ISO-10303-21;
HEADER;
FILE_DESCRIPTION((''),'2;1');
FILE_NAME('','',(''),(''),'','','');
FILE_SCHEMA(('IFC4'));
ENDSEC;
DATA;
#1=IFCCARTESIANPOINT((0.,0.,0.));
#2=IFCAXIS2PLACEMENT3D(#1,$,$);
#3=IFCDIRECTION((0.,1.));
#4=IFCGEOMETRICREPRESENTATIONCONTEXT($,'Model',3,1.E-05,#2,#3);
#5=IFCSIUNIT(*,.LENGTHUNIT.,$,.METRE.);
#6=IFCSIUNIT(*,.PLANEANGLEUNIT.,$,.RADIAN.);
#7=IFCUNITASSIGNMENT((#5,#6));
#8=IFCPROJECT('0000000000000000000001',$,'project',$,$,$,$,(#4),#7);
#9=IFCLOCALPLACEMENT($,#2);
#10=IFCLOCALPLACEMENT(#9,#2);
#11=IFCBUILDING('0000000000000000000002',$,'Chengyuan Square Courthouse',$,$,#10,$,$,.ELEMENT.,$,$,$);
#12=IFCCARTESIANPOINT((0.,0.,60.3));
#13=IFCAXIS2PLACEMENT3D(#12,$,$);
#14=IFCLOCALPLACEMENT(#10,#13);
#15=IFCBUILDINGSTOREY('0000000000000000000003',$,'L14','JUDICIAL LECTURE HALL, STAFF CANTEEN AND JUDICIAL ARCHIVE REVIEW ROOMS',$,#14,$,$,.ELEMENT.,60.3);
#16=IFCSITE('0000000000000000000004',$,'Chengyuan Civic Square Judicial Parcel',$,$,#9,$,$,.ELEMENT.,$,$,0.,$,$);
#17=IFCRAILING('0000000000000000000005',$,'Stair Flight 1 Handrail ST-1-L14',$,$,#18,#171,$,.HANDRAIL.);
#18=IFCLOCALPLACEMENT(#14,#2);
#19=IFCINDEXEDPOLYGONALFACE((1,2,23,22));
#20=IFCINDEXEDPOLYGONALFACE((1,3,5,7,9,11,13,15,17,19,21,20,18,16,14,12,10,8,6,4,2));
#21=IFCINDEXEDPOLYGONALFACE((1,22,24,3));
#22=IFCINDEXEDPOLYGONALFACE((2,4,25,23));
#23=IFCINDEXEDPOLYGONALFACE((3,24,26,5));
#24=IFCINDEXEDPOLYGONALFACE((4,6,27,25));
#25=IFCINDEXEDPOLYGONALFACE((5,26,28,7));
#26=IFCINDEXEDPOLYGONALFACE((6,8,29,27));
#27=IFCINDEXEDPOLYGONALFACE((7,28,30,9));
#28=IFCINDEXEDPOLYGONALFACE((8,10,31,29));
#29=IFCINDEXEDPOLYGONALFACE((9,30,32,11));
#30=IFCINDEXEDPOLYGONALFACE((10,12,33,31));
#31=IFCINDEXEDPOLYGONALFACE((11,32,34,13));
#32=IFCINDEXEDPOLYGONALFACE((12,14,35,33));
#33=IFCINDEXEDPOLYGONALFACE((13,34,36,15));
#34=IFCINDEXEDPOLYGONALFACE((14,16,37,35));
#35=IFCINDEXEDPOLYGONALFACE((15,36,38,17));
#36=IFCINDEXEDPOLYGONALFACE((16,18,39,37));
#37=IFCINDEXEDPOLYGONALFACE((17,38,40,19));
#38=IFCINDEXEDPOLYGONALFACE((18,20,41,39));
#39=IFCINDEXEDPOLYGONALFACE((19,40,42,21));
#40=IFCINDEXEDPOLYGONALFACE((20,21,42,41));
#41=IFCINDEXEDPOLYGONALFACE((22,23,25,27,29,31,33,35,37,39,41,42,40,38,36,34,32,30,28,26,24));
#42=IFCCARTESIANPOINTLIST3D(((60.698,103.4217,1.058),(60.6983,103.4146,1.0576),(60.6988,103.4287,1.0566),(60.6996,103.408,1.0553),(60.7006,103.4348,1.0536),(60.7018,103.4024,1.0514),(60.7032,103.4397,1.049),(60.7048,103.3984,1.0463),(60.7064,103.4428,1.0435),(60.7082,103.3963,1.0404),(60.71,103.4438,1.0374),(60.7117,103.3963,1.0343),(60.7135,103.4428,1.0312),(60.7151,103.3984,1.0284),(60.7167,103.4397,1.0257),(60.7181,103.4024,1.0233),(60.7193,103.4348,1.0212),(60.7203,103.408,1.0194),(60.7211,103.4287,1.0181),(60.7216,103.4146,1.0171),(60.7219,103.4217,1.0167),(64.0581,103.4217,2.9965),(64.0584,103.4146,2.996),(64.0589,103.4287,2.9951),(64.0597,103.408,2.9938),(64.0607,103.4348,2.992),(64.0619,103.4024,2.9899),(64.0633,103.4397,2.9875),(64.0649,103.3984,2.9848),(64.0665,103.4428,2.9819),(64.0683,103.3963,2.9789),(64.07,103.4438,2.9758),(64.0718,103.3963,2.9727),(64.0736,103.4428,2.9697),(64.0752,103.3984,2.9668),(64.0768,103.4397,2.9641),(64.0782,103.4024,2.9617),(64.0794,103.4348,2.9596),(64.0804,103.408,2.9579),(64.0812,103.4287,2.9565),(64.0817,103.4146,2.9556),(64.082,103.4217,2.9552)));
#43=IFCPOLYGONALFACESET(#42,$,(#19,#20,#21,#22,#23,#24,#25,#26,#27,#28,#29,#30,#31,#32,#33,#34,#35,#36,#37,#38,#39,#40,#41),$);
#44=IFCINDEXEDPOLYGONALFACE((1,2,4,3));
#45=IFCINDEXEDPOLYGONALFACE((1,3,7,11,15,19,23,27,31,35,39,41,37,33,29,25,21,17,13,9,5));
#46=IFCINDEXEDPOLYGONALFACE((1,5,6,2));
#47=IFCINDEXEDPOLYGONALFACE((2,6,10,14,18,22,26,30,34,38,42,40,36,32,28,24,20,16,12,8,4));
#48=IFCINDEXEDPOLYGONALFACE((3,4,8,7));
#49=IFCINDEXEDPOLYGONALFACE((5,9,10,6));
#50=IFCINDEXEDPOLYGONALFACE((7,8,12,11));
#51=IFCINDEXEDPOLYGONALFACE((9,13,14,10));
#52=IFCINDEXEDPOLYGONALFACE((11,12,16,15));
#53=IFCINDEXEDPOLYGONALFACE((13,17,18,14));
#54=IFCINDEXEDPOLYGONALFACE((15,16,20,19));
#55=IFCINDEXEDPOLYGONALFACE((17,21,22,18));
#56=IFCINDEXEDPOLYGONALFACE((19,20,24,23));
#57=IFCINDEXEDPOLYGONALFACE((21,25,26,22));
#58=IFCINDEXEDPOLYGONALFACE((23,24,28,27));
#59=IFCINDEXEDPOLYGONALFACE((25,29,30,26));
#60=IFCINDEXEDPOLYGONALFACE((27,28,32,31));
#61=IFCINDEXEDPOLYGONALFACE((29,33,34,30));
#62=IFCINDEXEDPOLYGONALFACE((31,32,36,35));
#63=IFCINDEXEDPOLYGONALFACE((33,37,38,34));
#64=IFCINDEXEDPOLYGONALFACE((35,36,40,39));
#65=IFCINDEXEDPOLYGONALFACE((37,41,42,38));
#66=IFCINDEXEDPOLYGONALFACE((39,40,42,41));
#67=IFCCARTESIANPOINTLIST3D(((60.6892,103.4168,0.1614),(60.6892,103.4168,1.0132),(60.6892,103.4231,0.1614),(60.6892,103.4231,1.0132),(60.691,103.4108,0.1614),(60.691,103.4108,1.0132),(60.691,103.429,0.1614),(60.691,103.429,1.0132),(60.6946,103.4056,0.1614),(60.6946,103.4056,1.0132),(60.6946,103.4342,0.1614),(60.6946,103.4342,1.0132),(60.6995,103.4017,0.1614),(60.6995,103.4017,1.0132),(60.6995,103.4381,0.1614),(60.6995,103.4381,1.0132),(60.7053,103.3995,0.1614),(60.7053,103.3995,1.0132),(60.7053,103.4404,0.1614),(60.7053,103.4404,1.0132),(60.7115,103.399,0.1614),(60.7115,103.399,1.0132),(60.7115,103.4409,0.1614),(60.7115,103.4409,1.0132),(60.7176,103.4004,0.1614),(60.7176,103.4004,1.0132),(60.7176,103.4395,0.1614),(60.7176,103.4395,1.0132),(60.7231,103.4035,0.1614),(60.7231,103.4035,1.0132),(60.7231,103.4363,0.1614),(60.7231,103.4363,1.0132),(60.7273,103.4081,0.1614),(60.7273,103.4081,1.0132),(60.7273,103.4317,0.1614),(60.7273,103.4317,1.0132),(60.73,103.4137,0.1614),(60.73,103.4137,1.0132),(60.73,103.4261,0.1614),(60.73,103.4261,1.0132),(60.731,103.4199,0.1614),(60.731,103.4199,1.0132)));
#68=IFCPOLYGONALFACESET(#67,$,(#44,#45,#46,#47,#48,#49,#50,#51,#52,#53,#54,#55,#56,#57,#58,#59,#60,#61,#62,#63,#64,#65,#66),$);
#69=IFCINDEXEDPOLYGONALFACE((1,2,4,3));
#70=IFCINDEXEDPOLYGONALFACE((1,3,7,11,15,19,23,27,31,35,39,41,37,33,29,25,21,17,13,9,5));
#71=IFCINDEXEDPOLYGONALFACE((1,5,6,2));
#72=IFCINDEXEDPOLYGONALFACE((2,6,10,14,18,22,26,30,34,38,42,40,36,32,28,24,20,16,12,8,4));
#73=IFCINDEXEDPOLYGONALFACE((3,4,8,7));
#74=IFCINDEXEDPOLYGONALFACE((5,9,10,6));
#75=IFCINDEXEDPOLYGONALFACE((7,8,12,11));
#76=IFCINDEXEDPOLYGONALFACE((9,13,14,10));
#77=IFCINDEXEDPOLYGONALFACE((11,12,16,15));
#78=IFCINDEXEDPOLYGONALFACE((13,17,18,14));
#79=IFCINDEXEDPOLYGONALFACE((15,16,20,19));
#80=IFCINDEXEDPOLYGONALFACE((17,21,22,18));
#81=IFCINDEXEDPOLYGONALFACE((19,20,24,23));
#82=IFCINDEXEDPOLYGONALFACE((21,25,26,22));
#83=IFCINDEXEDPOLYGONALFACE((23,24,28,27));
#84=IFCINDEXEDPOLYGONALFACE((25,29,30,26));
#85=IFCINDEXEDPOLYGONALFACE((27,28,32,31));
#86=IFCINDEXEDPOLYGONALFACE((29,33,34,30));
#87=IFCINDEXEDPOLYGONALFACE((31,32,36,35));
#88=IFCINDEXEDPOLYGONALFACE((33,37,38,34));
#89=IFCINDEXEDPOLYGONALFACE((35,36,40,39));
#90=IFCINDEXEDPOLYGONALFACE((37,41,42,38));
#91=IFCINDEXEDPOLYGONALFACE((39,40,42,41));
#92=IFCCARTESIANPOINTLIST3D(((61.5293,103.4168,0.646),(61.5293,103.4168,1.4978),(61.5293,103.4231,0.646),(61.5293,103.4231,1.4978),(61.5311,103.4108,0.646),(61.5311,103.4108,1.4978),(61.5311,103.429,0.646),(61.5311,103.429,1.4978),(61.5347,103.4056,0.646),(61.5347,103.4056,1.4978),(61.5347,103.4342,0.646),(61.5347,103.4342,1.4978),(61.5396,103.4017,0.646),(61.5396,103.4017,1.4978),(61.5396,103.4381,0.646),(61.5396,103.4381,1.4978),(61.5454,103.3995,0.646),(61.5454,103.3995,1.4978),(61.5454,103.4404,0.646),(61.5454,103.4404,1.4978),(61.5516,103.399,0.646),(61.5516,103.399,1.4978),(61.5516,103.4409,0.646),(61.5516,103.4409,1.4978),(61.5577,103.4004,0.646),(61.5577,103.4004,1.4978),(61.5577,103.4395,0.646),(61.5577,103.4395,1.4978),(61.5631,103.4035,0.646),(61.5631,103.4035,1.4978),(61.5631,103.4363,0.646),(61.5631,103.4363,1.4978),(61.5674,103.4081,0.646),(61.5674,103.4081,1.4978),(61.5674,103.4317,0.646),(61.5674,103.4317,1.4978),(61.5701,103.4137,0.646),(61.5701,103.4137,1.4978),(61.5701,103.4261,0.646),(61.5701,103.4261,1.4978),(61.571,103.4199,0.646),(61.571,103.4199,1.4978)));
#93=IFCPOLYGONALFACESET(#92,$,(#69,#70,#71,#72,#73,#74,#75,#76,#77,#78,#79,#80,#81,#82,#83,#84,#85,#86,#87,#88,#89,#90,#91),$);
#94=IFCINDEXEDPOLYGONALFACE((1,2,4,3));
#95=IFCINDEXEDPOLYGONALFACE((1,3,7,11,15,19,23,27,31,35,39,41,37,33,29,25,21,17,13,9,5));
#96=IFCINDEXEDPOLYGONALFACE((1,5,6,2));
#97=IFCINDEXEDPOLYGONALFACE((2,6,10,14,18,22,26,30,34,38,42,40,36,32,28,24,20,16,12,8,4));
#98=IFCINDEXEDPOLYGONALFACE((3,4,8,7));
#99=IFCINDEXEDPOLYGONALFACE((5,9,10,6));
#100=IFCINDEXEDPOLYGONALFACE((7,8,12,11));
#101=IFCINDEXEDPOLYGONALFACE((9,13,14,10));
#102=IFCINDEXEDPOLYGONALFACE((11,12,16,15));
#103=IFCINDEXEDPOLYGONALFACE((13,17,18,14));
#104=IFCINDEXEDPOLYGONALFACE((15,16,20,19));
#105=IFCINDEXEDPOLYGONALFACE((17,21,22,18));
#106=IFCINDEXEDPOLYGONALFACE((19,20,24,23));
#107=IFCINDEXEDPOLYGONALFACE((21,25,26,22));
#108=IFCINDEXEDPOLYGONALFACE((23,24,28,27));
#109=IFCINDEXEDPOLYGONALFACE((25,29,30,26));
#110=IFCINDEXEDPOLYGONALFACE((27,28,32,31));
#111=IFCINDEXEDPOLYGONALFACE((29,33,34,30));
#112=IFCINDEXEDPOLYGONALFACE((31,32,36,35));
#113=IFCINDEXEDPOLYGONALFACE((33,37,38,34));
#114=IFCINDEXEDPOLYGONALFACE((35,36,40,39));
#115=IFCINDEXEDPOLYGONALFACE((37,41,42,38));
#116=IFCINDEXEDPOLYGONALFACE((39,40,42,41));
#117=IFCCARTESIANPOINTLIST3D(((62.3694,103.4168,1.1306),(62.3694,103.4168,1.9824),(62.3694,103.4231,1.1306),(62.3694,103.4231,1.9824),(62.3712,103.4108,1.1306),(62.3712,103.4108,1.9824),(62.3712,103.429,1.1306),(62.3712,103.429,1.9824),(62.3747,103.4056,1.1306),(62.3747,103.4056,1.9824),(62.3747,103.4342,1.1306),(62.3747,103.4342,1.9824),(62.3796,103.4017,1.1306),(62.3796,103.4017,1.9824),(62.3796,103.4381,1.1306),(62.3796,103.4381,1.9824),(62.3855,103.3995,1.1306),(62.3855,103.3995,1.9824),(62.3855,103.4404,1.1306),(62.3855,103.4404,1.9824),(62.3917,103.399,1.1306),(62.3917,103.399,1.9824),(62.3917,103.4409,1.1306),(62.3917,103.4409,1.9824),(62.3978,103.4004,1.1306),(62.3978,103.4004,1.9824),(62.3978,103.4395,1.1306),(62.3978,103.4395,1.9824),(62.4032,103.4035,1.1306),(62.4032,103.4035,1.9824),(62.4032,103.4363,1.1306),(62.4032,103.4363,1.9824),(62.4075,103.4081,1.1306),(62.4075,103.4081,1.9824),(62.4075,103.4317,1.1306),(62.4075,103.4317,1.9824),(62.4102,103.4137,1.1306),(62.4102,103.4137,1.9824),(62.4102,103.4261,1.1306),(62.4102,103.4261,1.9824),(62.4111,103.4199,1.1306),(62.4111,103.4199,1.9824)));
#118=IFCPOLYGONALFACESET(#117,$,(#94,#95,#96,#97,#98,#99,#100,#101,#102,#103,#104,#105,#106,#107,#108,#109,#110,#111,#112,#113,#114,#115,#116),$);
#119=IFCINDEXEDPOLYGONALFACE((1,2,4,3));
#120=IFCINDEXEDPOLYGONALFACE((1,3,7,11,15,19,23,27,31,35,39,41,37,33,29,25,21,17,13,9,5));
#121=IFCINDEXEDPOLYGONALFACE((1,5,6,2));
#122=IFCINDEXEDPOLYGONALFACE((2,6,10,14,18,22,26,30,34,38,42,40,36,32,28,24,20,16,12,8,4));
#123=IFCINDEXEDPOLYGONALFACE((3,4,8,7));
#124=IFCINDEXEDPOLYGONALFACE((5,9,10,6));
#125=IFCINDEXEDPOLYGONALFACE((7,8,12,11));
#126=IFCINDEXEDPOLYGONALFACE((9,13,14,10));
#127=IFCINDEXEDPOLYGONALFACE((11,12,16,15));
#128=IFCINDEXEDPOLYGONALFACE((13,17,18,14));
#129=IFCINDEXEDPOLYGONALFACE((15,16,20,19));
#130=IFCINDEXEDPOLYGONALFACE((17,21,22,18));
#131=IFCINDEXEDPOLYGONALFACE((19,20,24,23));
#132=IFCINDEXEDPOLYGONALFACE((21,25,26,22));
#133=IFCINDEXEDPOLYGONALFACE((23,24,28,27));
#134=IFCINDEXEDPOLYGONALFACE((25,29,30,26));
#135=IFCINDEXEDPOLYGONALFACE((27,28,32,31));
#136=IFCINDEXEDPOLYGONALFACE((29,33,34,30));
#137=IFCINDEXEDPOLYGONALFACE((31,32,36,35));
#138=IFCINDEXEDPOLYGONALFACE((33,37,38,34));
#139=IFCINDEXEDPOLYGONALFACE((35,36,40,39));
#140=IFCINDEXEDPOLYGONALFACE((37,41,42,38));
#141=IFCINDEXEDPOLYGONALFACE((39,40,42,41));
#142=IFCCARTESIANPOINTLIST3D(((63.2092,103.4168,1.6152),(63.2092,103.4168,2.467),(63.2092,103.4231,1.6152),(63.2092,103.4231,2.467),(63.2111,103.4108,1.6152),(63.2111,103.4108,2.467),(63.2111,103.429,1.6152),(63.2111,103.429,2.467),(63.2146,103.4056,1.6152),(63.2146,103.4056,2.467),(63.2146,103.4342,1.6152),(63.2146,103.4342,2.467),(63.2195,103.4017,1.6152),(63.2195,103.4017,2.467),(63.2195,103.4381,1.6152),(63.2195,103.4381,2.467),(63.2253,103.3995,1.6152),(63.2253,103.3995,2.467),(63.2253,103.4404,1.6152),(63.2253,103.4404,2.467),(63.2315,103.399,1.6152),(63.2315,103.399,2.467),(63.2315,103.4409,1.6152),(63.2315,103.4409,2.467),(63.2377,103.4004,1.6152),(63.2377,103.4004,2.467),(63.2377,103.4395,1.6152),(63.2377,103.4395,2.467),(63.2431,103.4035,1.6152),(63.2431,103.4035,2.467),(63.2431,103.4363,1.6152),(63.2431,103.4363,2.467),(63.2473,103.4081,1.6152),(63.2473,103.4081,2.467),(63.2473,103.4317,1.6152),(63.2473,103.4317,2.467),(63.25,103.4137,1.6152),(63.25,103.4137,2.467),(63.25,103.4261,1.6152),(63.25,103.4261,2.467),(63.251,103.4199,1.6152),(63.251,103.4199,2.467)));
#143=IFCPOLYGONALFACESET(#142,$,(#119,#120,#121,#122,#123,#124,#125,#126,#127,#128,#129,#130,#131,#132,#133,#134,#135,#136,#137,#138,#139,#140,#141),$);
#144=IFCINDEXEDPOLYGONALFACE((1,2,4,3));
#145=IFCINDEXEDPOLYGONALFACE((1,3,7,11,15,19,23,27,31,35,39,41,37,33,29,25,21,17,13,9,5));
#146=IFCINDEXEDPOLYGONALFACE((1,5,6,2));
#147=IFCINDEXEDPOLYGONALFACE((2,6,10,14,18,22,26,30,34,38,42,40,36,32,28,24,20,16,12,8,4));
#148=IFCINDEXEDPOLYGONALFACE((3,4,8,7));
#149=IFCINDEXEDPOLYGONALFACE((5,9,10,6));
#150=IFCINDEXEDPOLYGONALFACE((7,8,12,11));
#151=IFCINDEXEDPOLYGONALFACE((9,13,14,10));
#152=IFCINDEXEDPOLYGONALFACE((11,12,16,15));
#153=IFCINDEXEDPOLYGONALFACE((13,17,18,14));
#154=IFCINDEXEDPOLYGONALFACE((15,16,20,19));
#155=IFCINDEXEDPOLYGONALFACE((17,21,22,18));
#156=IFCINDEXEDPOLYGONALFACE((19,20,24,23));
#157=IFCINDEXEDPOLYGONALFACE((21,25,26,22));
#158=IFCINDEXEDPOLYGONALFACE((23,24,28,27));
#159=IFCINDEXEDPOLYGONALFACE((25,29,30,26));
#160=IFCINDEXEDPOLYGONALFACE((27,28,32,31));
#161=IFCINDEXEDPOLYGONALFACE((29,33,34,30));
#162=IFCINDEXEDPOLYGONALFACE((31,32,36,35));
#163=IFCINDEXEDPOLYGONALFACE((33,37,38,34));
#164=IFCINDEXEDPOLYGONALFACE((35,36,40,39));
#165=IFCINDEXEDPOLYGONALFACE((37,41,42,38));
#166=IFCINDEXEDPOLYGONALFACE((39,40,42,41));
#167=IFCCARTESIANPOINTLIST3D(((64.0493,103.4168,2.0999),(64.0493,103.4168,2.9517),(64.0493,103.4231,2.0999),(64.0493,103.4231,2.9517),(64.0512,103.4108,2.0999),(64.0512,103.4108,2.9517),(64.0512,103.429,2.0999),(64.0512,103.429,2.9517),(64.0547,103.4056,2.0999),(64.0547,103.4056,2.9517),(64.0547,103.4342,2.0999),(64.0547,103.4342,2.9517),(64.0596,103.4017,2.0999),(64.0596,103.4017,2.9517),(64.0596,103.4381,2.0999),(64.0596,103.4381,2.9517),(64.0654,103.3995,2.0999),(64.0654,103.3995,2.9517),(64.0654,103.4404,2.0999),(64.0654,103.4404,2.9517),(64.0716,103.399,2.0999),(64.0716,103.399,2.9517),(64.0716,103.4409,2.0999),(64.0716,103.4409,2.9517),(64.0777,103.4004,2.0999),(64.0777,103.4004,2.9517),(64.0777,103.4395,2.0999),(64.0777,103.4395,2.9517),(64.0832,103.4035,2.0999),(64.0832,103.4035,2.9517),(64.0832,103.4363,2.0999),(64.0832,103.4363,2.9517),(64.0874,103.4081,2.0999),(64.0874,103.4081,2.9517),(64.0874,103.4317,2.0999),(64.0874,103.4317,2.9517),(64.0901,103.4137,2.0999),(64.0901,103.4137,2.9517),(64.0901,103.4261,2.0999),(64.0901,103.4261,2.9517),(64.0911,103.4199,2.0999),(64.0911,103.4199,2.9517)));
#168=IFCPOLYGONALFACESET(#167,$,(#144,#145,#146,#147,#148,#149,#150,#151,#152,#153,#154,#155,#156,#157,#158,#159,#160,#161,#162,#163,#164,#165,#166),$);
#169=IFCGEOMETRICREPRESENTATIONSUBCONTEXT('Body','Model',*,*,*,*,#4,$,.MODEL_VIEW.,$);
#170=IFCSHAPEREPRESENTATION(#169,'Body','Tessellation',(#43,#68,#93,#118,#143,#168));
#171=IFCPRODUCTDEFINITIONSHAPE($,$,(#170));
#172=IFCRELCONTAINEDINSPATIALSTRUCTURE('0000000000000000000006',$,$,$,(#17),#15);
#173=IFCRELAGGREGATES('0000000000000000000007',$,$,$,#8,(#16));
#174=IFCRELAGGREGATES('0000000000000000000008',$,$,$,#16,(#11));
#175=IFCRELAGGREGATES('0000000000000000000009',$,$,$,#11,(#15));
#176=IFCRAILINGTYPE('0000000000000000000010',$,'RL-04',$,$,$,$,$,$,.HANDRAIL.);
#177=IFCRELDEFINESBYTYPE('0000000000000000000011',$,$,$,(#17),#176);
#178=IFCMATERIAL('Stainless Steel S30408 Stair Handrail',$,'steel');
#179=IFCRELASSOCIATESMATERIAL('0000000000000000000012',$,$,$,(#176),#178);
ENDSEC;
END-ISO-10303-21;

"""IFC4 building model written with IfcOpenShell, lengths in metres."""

from ifc_helpers import new_model, si_unit, direction, frame, origin, origin_2d, place, context, subcontext, project, spatial, circle, extrude, material, type_object, element, save


model = new_model("IFC4")

# Units and contexts
model_context = context("Model", 3, precision=1e-05, world=origin(), true_north=direction((0.0, 1.0)))
body_context = subcontext(model_context, "Body", "Model", "MODEL_VIEW")
ifc_project = project(units=[si_unit("LENGTHUNIT", "METRE"), si_unit("PLANEANGLEUNIT", "RADIAN")], contexts=[model_context])

# Site, building, storey
site_placement = place(None, origin())
site = spatial("IfcSite", under=ifc_project, at=site_placement, Name="Chengyuan Civic Square Judicial Parcel", CompositionType="ELEMENT", RefElevation=0.0)
building_placement = place(site_placement, origin())
building = spatial("IfcBuilding", under=site, at=building_placement, Name="Chengyuan Square Courthouse", CompositionType="ELEMENT")
storey_placement = place(building_placement, frame((0.0, 0.0, 60.3)))
storey = spatial("IfcBuildingStorey", under=building, at=storey_placement, Name="L14", Description="JUDICIAL LECTURE HALL, STAFF CANTEEN AND JUDICIAL ARCHIVE REVIEW ROOMS", CompositionType="ELEMENT", Elevation=60.3)

# Railing
ifc_material_1 = material(Name="Stainless Steel S30408 Stair Handrail", Category="steel")
railing_type_1 = type_object("IfcRailingType", Name="RL-04", PredefinedType="HANDRAIL", material=ifc_material_1)
railing_1_placement = place(storey_placement, frame((60.71, 103.4199, 0.1614)))
element("IfcRailing", 1, at=railing_1_placement, inside=storey, type_object=railing_type_1, Name="Stair Flight 1 Handrail ST-1-L14", PredefinedType="HANDRAIL", context=body_context, shape_type="SweptSolid", body=[
    extrude(circle(Radius=0.0239, at=origin_2d()), frame((0.0, 0.0, 0.876), z_axis=(0.866191, 0.0, 0.499713), x_axis=(0.0, 1.0, 0.0)), (0.0, 0.0, 1.0), 3.8792),
    extrude(circle(Radius=0.021, at=origin_2d()), origin(), (0.0, 0.0, 1.0), 0.8518),
    extrude(circle(Radius=0.021, at=origin_2d()), frame((0.8401, 0.0, 0.4846)), (0.0, 0.0, 1.0), 0.8518),
    extrude(circle(Radius=0.021, at=origin_2d()), frame((1.6802, 0.0, 0.9692)), (0.0, 0.0, 1.0), 0.8518),
    extrude(circle(Radius=0.021, at=origin_2d()), frame((2.52, 0.0, 1.4539)), (0.0, 0.0, 1.0), 0.8518),
    extrude(circle(Radius=0.021, at=origin_2d()), frame((3.3601, 0.0, 1.9385)), (0.0, 0.0, 1.0), 0.8518),
])

save(model, "model.ifc")
